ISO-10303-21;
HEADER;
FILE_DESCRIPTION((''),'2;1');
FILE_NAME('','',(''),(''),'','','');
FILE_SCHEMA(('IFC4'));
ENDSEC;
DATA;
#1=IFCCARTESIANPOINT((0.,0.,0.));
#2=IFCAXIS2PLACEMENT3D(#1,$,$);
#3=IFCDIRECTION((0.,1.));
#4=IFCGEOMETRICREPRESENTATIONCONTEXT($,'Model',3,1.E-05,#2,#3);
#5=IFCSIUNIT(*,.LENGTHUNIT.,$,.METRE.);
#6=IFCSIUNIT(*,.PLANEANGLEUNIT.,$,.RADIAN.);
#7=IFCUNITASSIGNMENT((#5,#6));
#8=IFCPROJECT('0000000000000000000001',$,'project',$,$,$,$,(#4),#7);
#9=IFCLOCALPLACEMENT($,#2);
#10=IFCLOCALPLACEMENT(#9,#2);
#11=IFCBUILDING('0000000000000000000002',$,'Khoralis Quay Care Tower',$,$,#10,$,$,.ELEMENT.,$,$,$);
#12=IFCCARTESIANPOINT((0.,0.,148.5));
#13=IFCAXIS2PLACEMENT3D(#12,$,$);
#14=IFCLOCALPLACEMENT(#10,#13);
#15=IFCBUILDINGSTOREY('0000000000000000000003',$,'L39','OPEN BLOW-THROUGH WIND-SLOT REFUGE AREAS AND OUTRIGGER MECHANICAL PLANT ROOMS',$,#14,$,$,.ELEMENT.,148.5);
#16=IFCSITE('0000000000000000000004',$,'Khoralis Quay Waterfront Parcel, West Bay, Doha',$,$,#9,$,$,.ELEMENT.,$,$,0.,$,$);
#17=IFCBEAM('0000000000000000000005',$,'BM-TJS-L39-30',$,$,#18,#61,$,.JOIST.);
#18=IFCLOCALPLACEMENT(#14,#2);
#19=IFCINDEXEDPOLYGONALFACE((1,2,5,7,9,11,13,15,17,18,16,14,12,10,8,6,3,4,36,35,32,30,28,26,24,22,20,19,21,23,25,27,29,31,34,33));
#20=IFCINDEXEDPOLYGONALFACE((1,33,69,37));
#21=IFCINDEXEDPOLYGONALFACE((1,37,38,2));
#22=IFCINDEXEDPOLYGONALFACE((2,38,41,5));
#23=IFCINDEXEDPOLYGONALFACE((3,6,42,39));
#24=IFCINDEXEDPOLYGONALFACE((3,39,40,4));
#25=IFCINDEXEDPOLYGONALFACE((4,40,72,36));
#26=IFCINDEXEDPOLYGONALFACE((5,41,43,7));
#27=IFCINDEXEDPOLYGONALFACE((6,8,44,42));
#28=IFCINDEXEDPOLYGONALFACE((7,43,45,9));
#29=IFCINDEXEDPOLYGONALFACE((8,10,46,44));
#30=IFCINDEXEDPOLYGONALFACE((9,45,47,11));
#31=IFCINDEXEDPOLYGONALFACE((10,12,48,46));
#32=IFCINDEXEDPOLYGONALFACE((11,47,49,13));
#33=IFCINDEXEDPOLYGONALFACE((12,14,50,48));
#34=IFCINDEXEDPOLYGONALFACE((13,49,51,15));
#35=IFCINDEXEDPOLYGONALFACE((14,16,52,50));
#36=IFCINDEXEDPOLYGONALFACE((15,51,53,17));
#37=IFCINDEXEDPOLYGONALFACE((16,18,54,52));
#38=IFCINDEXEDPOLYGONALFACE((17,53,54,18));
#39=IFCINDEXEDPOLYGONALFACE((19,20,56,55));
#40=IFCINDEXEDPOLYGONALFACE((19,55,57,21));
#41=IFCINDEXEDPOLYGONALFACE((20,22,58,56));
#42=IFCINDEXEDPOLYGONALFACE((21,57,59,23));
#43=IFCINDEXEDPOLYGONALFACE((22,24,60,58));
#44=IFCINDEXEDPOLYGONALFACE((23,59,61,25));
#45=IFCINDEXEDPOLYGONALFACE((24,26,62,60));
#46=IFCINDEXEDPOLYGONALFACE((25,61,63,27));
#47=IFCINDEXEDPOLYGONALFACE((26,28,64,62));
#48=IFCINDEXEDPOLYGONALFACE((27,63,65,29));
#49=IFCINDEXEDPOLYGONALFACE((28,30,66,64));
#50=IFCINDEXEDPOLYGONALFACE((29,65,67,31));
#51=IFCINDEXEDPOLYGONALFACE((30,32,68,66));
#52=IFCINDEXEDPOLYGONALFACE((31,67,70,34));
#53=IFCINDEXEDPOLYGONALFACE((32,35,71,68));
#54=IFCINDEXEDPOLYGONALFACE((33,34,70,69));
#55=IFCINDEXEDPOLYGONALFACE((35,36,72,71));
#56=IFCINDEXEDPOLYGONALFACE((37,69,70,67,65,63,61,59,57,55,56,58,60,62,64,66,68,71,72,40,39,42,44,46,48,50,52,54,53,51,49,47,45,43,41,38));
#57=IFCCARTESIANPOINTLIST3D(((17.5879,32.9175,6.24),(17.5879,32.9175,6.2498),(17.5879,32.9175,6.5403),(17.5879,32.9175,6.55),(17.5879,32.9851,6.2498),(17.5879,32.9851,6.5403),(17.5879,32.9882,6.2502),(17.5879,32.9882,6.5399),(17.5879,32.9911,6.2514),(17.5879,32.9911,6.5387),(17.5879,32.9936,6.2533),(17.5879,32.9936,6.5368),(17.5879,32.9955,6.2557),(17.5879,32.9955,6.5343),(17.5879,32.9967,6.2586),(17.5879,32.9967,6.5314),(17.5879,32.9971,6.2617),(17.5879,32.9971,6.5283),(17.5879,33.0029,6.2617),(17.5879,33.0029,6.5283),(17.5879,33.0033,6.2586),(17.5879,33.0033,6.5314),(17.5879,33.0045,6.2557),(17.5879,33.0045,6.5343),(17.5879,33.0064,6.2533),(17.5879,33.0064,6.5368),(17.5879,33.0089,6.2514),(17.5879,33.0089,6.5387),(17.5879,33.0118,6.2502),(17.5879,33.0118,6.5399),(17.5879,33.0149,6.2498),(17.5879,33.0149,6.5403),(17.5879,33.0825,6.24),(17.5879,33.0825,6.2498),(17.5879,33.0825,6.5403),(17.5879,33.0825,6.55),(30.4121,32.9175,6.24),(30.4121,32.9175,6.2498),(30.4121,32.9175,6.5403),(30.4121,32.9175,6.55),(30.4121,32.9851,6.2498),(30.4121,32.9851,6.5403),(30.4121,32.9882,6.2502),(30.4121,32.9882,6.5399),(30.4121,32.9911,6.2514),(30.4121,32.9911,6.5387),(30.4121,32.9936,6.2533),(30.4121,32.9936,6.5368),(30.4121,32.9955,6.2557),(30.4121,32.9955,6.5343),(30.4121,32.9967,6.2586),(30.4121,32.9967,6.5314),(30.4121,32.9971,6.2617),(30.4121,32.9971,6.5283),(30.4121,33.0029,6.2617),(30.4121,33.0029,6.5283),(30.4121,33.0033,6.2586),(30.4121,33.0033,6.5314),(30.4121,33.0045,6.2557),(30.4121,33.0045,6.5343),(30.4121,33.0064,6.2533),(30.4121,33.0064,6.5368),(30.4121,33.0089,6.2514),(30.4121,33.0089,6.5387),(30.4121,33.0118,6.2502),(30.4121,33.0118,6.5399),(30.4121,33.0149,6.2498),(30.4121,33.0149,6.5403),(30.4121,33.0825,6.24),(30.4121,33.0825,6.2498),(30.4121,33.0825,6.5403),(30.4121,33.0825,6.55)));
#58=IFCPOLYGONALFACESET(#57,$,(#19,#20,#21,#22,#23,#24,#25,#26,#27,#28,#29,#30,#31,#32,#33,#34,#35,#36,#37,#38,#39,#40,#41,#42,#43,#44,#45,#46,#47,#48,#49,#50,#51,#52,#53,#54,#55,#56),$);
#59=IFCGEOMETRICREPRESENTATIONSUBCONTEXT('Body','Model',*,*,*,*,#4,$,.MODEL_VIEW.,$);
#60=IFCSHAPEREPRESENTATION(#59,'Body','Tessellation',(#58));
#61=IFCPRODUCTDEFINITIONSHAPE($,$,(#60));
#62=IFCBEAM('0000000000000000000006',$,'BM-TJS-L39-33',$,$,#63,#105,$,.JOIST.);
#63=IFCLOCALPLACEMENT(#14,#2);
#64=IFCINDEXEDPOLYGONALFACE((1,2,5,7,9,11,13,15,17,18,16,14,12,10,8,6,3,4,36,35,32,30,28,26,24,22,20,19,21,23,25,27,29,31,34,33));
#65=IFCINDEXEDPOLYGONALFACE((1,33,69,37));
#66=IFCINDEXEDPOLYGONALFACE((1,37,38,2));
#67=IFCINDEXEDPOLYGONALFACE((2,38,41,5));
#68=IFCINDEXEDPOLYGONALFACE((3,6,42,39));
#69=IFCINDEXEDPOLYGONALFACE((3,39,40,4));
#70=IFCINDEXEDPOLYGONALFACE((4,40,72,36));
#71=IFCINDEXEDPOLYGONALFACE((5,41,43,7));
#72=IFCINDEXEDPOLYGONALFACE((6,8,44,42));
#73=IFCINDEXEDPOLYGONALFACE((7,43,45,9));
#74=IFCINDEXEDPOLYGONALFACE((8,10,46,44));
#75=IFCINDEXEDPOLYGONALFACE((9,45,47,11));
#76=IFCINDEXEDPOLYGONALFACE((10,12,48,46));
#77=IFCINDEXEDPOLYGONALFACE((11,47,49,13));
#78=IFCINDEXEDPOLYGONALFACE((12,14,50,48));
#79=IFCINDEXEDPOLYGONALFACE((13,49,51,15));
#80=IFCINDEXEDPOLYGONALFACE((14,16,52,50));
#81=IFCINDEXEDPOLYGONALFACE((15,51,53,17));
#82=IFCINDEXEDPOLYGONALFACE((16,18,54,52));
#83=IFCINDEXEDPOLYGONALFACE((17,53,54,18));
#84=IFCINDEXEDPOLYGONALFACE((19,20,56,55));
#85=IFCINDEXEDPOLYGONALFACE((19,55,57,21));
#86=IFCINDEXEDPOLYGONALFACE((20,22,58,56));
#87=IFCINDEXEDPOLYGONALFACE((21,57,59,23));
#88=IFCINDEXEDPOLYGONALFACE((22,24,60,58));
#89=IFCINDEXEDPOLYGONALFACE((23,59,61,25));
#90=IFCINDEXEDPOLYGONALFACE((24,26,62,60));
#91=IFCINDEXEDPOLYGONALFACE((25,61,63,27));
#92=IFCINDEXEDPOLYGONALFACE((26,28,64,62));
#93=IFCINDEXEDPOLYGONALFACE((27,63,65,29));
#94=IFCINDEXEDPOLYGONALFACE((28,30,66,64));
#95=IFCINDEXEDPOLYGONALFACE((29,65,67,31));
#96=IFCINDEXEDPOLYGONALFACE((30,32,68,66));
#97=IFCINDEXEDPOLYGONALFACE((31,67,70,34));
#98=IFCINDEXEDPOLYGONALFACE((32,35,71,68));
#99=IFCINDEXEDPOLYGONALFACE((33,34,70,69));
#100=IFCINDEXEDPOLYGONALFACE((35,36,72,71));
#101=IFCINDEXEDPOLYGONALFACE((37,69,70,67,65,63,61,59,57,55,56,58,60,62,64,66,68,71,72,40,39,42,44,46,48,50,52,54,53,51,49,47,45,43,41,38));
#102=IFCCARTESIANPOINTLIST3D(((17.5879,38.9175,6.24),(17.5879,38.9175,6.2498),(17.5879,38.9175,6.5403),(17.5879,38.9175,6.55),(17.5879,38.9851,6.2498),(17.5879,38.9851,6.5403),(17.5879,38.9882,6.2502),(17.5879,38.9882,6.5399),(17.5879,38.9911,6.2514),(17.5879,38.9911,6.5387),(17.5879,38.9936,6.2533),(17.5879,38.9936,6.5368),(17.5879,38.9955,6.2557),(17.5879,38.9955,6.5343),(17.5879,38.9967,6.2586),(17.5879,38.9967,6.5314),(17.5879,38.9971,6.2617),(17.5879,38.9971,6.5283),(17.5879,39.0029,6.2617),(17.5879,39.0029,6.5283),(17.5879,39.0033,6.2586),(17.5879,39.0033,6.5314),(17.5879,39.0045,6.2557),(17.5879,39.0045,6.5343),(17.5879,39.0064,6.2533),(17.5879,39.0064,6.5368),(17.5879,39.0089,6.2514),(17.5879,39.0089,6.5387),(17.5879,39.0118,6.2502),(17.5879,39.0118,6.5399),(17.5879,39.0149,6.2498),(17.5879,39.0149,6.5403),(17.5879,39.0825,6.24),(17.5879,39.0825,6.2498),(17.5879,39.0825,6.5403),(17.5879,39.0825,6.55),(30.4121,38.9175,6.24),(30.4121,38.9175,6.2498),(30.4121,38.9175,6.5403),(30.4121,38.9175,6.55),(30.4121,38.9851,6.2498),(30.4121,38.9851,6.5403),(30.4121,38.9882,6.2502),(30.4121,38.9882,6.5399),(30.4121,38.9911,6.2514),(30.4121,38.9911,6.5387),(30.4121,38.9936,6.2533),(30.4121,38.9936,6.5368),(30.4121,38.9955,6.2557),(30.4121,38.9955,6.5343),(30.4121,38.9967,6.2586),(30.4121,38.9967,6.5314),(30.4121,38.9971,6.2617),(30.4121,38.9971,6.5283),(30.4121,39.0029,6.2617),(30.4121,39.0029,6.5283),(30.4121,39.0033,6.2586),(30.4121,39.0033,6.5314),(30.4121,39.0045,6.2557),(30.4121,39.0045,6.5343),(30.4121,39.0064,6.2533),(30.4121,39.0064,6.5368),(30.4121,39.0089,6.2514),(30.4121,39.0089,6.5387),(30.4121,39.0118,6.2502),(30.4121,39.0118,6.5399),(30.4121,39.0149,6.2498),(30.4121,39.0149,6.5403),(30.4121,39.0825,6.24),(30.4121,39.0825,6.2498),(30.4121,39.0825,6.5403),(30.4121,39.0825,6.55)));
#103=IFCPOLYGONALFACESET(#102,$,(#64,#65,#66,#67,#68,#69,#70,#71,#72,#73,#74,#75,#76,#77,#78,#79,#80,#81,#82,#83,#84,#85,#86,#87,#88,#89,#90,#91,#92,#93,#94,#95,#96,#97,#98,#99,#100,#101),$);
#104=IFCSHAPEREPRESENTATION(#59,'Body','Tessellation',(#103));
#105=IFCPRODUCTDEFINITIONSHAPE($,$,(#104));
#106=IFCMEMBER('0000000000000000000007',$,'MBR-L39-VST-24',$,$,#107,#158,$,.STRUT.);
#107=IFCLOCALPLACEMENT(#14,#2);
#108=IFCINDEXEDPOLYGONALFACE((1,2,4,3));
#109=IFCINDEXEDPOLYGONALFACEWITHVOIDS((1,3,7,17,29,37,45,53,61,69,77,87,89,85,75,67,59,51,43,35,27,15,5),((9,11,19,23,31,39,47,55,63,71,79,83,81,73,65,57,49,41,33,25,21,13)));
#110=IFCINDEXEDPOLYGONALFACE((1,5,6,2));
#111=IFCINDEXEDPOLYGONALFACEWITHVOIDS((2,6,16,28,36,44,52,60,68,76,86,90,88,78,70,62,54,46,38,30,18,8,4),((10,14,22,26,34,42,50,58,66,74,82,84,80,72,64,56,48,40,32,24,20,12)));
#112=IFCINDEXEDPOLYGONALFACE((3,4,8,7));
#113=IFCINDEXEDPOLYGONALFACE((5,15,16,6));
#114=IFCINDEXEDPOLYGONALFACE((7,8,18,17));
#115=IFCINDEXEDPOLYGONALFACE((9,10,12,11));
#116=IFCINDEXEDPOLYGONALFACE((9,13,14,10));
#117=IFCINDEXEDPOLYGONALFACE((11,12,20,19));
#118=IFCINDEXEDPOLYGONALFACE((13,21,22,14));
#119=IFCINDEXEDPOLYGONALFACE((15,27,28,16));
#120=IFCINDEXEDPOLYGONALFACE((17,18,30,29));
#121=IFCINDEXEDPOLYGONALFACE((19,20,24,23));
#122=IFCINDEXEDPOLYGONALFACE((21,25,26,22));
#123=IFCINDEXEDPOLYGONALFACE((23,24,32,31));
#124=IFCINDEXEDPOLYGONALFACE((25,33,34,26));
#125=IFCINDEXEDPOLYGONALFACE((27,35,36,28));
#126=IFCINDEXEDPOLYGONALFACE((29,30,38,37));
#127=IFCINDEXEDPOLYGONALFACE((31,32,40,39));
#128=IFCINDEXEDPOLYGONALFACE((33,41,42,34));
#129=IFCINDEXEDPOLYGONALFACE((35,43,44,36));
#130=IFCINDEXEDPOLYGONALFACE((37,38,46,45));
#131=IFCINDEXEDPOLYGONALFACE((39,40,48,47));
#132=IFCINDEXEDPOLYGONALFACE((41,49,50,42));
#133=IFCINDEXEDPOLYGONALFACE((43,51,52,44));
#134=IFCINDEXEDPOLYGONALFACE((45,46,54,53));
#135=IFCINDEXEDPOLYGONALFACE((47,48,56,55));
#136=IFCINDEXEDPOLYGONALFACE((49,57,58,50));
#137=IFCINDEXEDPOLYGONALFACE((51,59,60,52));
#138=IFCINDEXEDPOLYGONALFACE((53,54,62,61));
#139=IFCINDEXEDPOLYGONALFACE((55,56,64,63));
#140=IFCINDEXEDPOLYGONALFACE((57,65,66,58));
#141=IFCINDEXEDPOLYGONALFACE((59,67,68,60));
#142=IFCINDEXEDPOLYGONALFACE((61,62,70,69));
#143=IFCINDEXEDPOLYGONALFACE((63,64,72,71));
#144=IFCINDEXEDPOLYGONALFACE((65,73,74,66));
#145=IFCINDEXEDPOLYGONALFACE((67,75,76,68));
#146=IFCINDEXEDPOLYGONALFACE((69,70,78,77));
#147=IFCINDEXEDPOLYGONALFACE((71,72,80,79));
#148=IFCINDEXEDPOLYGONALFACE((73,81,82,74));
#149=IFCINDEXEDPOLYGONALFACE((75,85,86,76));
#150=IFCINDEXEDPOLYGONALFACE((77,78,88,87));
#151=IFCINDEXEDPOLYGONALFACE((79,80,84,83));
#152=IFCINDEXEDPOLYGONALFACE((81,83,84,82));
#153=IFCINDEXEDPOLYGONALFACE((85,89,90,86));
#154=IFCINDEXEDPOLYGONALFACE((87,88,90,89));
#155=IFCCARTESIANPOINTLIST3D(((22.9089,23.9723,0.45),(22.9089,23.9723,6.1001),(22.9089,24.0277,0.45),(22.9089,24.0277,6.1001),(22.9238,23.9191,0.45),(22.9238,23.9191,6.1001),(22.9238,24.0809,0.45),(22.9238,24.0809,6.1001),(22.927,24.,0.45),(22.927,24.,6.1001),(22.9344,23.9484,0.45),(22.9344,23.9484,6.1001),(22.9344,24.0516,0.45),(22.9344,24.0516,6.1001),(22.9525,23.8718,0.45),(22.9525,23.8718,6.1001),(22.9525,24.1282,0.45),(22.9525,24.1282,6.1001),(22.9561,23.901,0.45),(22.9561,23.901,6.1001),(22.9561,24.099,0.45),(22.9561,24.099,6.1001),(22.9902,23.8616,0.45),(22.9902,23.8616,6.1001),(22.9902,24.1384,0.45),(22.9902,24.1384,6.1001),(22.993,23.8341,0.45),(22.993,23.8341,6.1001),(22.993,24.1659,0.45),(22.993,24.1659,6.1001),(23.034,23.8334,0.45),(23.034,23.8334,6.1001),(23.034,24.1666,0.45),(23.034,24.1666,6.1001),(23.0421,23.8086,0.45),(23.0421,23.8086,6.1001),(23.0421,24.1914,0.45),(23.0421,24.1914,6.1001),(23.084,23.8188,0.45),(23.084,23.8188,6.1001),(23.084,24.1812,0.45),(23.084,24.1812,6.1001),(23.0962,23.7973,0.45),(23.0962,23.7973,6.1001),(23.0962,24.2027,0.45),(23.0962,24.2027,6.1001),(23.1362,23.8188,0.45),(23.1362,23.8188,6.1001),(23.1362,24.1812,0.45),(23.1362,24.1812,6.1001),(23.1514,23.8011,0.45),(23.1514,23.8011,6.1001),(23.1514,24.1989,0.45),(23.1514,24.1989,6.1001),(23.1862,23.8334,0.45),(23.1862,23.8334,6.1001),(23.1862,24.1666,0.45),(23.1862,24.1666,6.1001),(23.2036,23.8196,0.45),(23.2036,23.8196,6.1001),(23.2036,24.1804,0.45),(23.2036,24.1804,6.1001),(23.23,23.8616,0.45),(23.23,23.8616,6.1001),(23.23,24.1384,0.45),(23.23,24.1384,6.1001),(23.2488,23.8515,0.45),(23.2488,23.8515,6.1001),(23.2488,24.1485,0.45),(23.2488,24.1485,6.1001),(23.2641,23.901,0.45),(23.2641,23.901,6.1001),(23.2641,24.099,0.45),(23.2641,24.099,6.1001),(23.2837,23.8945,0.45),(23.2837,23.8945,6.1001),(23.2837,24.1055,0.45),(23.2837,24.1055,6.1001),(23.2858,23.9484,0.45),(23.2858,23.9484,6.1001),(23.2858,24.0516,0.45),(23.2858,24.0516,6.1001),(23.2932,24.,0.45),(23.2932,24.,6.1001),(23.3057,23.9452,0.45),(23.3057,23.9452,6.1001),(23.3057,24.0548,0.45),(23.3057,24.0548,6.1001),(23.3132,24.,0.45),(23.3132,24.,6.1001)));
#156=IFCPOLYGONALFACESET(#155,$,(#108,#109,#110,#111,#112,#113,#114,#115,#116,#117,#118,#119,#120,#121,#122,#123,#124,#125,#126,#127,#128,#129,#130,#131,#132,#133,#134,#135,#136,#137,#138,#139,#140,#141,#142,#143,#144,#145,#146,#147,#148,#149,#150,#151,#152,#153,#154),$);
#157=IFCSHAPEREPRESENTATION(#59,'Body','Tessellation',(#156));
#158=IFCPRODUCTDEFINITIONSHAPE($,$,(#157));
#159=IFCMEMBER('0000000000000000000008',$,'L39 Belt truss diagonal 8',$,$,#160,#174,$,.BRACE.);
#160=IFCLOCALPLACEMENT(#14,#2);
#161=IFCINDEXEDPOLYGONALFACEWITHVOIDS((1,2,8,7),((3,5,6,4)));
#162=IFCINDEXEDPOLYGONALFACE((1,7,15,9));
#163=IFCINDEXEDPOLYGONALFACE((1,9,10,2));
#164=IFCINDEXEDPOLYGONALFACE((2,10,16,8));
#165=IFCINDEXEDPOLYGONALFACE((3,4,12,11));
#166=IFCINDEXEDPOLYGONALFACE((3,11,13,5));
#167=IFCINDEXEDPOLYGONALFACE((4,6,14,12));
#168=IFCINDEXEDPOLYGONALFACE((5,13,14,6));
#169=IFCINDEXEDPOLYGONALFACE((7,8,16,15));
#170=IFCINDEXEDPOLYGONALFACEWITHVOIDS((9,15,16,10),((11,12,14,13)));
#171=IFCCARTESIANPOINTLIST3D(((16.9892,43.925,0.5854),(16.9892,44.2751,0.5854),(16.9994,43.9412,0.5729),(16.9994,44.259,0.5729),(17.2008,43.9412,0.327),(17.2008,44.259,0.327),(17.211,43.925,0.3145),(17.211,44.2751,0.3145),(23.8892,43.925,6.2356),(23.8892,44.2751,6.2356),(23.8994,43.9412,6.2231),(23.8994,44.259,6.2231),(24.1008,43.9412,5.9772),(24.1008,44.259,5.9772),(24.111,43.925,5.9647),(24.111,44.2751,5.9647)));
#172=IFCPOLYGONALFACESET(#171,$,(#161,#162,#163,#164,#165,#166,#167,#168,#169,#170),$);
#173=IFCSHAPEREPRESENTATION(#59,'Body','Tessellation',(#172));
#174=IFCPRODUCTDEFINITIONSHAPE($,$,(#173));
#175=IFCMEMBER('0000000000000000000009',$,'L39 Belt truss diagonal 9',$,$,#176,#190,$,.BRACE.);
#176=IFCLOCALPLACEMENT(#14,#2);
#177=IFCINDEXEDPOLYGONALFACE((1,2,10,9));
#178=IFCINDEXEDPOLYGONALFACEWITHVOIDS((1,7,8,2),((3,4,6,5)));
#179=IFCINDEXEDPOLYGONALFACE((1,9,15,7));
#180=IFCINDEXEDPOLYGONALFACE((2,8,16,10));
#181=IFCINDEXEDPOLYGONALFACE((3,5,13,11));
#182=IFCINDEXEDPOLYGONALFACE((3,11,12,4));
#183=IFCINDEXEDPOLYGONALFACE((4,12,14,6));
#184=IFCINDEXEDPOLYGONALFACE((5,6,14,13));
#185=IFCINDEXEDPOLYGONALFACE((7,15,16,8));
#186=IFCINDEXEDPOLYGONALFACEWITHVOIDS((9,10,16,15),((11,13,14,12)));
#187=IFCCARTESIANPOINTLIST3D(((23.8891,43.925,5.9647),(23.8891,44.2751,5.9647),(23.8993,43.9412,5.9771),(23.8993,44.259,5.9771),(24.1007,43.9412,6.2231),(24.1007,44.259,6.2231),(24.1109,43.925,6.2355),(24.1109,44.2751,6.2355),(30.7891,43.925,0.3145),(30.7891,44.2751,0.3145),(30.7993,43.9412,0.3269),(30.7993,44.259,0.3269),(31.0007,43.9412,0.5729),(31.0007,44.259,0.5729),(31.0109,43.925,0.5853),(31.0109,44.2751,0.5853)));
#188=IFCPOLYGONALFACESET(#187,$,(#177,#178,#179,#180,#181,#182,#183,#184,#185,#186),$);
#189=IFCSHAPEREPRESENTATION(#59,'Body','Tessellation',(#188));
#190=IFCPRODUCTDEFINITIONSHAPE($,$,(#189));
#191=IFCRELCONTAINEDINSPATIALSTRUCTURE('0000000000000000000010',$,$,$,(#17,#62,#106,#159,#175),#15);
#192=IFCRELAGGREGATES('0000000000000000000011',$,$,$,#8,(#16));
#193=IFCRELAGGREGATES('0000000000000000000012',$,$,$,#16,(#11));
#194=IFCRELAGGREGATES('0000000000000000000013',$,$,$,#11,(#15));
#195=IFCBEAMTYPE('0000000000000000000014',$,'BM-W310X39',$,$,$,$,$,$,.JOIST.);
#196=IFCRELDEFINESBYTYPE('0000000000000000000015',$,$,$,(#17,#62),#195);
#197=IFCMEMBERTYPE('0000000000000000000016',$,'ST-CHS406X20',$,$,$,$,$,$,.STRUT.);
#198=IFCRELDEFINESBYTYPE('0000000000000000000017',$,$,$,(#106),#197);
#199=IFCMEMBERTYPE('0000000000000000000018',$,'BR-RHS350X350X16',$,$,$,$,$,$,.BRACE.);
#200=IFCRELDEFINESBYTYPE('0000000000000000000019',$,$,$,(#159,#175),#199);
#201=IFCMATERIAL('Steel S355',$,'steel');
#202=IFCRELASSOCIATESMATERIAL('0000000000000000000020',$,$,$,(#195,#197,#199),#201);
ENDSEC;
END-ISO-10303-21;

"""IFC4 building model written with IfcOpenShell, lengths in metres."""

from ifc_helpers import new_model, si_unit, direction, frame, origin, origin_2d, place, context, subcontext, project, spatial, hollow_rectangle, hollow_circle, i_section, extrude, source, transform, mapped, material, material_profile, profile_set, type_object, element, save


model = new_model("IFC4")

# Units and contexts
model_context = context("Model", 3, precision=1e-05, world=origin(), true_north=direction((0.0, 1.0)))
body_context = subcontext(model_context, "Body", "Model", "MODEL_VIEW")
ifc_project = project(units=[si_unit("LENGTHUNIT", "METRE"), si_unit("PLANEANGLEUNIT", "RADIAN")], contexts=[model_context])

# Site, building, storey
site_placement = place(None, origin())
site = spatial("IfcSite", under=ifc_project, at=site_placement, Name="Khoralis Quay Waterfront Parcel, West Bay, Doha", CompositionType="ELEMENT", RefElevation=0.0)
building_placement = place(site_placement, origin())
building = spatial("IfcBuilding", under=site, at=building_placement, Name="Khoralis Quay Care Tower", CompositionType="ELEMENT")
storey_placement = place(building_placement, frame((0.0, 0.0, 148.5)))
storey = spatial("IfcBuildingStorey", under=building, at=storey_placement, Name="L39", Description="OPEN BLOW-THROUGH WIND-SLOT REFUGE AREAS AND OUTRIGGER MECHANICAL PLANT ROOMS", CompositionType="ELEMENT", Elevation=148.5)

# Beams
ifc_material_1 = material(Name="Steel S355", Category="steel")
ifc_material_profile_1 = material_profile(ifc_material_1, i_section(OverallWidth=0.165, OverallDepth=0.3101, WebThickness=0.0059, FlangeThickness=0.0098, FilletRadius=0.012, at=origin_2d()), Name="Steel S355")
ifc_profile_set_1 = profile_set([ifc_material_profile_1], Name="Steel S355")
beam_type_1 = type_object("IfcBeamType", Name="BM-W310X39", PredefinedType="JOIST", material=ifc_profile_set_1)
shared_shape_1 = source(origin(), body_context, "Body", "SweptSolid", [
    extrude(i_section(OverallWidth=0.165, OverallDepth=0.3101, WebThickness=0.0059, FlangeThickness=0.0098, FilletRadius=0.012, at=origin_2d()), origin(), (0.0, 0.0, 1.0), 12.8242),
])
for number, where, z_axis, x_axis, name in (
    (1, (17.5879, 33.0, 6.395), (1.0, 0.0, 0.0), (0.0, 1.0, 0.0), "BM-TJS-L39-30"),
    (2, (17.5879, 39.0, 6.395), (1.0, 0.0, 0.0), (0.0, 1.0, 0.0), "BM-TJS-L39-33"),
):
    element("IfcBeam", number, at=place(storey_placement, frame(where, z_axis=z_axis, x_axis=x_axis)), inside=storey, type_object=beam_type_1, Name=name, PredefinedType="JOIST", context=body_context, shape_type="MappedRepresentation", body=[
        mapped(shared_shape_1, transform((0.0, 0.0, 0.0), scale=1.0)),
    ])

# Members
ifc_material_profile_2 = material_profile(ifc_material_1, hollow_circle(Radius=0.2031, WallThickness=0.02, at=origin_2d()), Name="Steel S355")
ifc_profile_set_2 = profile_set([ifc_material_profile_2], Name="Steel S355")
member_type_1 = type_object("IfcMemberType", Name="ST-CHS406X20", PredefinedType="STRUT", material=ifc_profile_set_2)
shared_shape_2 = source(origin(), body_context, "Body", "SweptSolid", [
    extrude(hollow_circle(Radius=0.2031, WallThickness=0.02, at=origin_2d()), origin(), (0.0, 0.0, 1.0), 5.6501),
])
member_1_placement = place(storey_placement, frame((23.1101, 24.0, 0.45), z_axis=(0.0, 0.0, 1.0), x_axis=(1.0, 0.0, 0.0)))
element("IfcMember", 3, at=member_1_placement, inside=storey, type_object=member_type_1, Name="MBR-L39-VST-24", PredefinedType="STRUT", context=body_context, shape_type="MappedRepresentation", body=[
    mapped(shared_shape_2, transform((0.0, 0.0, 0.0), scale=1.0)),
])
ifc_material_profile_3 = material_profile(ifc_material_1, hollow_rectangle(XDim=0.3501, YDim=0.3501, WallThickness=0.0161, at=origin_2d()), Name="Steel S355")
ifc_profile_set_3 = profile_set([ifc_material_profile_3], Name="Steel S355")
member_type_2 = type_object("IfcMemberType", Name="BR-RHS350X350X16", PredefinedType="BRACE", material=ifc_profile_set_3)
shared_shape_3 = source(origin(), body_context, "Body", "SweptSolid", [
    extrude(hollow_rectangle(XDim=0.3501, YDim=0.3501, WallThickness=0.0161, at=origin_2d()), origin(), (0.0, 0.0, 1.0), 8.9182),
])
for number, where, z_axis, x_axis, name in (
    (4, (17.1001, 44.1001, 0.45), (0.773695, 0.0, 0.633558), (0.0, 1.0, 0.0), "L39 Belt truss diagonal 8"),
    (5, (24.0, 44.1001, 6.1001), (0.773695, 0.0, -0.633558), (0.0, 1.0, 0.0), "L39 Belt truss diagonal 9"),
):
    element("IfcMember", number, at=place(storey_placement, frame(where, z_axis=z_axis, x_axis=x_axis)), inside=storey, type_object=member_type_2, Name=name, PredefinedType="BRACE", context=body_context, shape_type="MappedRepresentation", body=[
        mapped(shared_shape_3, transform((0.0, 0.0, 0.0), scale=1.0)),
    ])

save(model, "model.ifc")
